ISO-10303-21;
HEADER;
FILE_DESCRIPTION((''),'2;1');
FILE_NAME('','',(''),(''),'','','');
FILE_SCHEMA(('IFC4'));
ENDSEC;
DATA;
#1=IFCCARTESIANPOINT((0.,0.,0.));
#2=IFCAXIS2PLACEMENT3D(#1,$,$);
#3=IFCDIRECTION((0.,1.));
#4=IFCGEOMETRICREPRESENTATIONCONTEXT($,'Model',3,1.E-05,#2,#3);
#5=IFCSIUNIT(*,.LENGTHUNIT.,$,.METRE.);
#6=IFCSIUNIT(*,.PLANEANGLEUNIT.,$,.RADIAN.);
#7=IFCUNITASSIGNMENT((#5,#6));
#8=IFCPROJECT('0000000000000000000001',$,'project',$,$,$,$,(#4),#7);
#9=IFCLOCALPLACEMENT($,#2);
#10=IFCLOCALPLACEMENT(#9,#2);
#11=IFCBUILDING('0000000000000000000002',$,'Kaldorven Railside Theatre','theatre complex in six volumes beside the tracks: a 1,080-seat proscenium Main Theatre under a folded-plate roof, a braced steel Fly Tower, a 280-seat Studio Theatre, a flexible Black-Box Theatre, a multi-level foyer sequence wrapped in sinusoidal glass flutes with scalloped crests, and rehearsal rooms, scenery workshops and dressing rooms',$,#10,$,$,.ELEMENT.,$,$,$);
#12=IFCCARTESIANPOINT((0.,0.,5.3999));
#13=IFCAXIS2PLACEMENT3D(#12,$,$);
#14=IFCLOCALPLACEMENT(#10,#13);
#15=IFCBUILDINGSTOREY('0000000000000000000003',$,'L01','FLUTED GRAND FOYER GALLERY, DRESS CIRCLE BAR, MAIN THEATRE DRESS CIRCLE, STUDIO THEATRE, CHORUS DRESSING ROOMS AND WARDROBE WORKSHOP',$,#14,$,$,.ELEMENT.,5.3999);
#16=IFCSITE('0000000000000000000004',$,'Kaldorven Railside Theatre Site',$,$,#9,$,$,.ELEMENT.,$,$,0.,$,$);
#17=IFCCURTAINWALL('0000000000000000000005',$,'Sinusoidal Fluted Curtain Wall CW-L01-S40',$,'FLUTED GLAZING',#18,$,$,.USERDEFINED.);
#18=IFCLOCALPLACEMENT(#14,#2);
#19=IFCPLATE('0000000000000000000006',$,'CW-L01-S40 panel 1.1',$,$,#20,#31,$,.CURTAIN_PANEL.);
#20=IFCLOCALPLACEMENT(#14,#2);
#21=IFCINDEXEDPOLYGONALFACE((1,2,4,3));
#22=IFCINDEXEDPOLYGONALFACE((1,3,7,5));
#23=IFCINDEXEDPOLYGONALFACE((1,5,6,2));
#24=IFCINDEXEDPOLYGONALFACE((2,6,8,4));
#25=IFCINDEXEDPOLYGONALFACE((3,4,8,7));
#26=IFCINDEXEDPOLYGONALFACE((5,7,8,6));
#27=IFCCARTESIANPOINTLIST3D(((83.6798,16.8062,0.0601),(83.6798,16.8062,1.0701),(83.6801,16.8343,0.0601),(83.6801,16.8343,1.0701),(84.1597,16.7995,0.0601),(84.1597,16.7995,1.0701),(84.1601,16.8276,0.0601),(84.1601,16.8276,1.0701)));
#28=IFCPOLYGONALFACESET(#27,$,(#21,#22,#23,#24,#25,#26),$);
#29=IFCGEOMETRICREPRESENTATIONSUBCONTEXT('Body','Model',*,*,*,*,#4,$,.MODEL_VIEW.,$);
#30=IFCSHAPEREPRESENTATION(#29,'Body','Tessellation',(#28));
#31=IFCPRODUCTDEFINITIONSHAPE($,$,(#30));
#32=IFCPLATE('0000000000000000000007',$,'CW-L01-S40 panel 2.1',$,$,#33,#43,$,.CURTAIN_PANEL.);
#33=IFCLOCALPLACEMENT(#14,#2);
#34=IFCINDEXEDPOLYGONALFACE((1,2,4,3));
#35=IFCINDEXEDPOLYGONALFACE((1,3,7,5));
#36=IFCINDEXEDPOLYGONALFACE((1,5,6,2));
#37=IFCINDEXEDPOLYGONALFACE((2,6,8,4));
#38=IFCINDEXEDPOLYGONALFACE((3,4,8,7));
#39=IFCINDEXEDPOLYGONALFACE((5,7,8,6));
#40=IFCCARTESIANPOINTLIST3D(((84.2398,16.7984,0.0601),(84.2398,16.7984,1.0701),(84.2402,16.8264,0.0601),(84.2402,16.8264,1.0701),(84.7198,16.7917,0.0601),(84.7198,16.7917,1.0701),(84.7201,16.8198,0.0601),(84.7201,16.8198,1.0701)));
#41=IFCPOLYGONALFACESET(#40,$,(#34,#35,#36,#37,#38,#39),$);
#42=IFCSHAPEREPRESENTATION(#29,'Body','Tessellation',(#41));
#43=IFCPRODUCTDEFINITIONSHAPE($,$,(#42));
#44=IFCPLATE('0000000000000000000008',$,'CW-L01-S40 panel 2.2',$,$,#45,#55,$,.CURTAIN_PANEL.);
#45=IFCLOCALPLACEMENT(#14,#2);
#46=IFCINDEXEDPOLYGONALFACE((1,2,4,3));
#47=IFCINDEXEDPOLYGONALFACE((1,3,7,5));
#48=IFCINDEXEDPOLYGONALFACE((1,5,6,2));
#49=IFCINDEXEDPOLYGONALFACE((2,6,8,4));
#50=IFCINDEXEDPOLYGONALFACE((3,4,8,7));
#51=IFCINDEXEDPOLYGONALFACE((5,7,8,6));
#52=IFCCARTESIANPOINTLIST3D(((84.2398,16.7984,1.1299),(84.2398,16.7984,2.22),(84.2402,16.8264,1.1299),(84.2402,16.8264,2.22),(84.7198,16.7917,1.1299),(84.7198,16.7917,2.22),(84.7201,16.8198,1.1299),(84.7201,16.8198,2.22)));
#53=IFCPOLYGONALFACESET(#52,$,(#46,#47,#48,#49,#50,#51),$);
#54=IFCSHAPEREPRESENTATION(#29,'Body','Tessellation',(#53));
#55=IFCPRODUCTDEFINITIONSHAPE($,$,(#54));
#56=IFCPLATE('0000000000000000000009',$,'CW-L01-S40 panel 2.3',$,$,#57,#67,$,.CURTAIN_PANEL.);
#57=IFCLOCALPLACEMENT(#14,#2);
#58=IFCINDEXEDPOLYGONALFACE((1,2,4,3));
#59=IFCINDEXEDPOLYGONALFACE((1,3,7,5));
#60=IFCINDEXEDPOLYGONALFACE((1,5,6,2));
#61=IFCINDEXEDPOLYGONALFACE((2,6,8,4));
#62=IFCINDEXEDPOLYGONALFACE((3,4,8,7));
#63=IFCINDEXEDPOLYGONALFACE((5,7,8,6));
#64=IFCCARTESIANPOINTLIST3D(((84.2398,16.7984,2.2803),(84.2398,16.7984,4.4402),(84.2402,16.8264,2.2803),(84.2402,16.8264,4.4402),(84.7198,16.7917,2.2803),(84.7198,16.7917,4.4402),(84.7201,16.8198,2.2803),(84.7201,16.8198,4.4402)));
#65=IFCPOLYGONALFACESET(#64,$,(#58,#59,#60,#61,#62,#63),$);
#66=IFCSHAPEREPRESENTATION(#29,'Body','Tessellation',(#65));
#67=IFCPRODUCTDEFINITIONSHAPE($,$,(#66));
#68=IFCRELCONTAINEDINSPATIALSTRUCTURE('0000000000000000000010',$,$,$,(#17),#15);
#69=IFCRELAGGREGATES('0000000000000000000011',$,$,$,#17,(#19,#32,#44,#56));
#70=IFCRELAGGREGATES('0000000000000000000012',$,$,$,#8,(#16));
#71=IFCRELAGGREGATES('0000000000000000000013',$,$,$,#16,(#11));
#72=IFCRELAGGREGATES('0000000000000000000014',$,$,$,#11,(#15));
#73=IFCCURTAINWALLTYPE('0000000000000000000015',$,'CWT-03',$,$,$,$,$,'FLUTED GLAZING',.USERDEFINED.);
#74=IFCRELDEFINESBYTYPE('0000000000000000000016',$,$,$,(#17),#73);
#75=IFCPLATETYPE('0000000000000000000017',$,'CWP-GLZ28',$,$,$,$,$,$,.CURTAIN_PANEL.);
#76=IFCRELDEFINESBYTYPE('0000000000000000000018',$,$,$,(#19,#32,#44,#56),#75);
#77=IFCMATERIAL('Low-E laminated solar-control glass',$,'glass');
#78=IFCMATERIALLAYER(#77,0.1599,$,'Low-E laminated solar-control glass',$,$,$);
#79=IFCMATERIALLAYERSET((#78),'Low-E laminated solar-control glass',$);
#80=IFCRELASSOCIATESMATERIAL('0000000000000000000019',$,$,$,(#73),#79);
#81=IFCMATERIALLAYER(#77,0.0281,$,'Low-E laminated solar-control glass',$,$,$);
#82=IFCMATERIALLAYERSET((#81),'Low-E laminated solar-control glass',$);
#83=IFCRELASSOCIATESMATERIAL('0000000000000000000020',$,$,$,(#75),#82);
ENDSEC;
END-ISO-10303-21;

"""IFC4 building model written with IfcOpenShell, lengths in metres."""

from ifc_helpers import new_model, si_unit, direction, frame, origin, origin_2d, place, context, subcontext, project, spatial, rectangle, extrude, material, layer, layer_set, type_object, element, aggregate, save


model = new_model("IFC4")

# Units and contexts
model_context = context("Model", 3, precision=1e-05, world=origin(), true_north=direction((0.0, 1.0)))
body_context = subcontext(model_context, "Body", "Model", "MODEL_VIEW")
ifc_project = project(units=[si_unit("LENGTHUNIT", "METRE"), si_unit("PLANEANGLEUNIT", "RADIAN")], contexts=[model_context])

# Site, building, storey
site_placement = place(None, origin())
site = spatial("IfcSite", under=ifc_project, at=site_placement, Name="Kaldorven Railside Theatre Site", CompositionType="ELEMENT", RefElevation=0.0)
building_placement = place(site_placement, origin())
building = spatial("IfcBuilding", under=site, at=building_placement, Name="Kaldorven Railside Theatre", Description="theatre complex in six volumes beside the tracks: a 1,080-seat proscenium Main Theatre under a folded-plate roof, a braced steel Fly Tower, a 280-seat Studio Theatre, a flexible Black-Box Theatre, a multi-level foyer sequence wrapped in sinusoidal glass flutes with scalloped crests, and rehearsal rooms, scenery workshops and dressing rooms", CompositionType="ELEMENT")
storey_placement = place(building_placement, frame((0.0, 0.0, 5.3999)))
storey = spatial("IfcBuildingStorey", under=building, at=storey_placement, Name="L01", Description="FLUTED GRAND FOYER GALLERY, DRESS CIRCLE BAR, MAIN THEATRE DRESS CIRCLE, STUDIO THEATRE, CHORUS DRESSING ROOMS AND WARDROBE WORKSHOP", CompositionType="ELEMENT", Elevation=5.3999)

# Shared definitions
ifc_material_1 = material(Name="Low-E laminated solar-control glass", Category="glass")

# Curtain wall
ifc_layer_1 = layer(ifc_material_1, 0.1599, Name="Low-E laminated solar-control glass")
ifc_layer_set_1 = layer_set([ifc_layer_1], Name="Low-E laminated solar-control glass")
curtain_wall_type_1 = type_object("IfcCurtainWallType", Name="CWT-03", ElementType="FLUTED GLAZING", PredefinedType="USERDEFINED", material=ifc_layer_set_1)
curtain_wall_1_placement = place(storey_placement, origin())
curtain_wall_1 = element("IfcCurtainWall", 1, at=curtain_wall_1_placement, inside=storey, type_object=curtain_wall_type_1, Name="Sinusoidal Fluted Curtain Wall CW-L01-S40", ObjectType="FLUTED GLAZING", PredefinedType="USERDEFINED")

# Plates
ifc_layer_2 = layer(ifc_material_1, 0.0281, Name="Low-E laminated solar-control glass")
ifc_layer_set_2 = layer_set([ifc_layer_2], Name="Low-E laminated solar-control glass")
plate_type = type_object("IfcPlateType", Name="CWP-GLZ28", PredefinedType="CURTAIN_PANEL", material=ifc_layer_set_2)
plate_1_placement = place(storey_placement, frame((83.9199, 16.8169, 0.0601), z_axis=(0.0, 0.0, 1.0), x_axis=(0.999904, -0.013832, 0.0)))
plate_1 = element("IfcPlate", 2, at=plate_1_placement, type_object=plate_type, Name="CW-L01-S40 panel 1.1", PredefinedType="CURTAIN_PANEL", context=body_context, shape_type="SweptSolid", body=[
    extrude(rectangle(XDim=0.48, YDim=0.0281, at=origin_2d()), origin(), (0.0, 0.0, 1.0), 1.01),
])
plate_2_placement = place(storey_placement, frame((84.48, 16.8091, 0.0601), z_axis=(0.0, 0.0, 1.0), x_axis=(0.999904, -0.013832, 0.0)))
plate_2 = element("IfcPlate", 3, at=plate_2_placement, type_object=plate_type, Name="CW-L01-S40 panel 2.1", PredefinedType="CURTAIN_PANEL", context=body_context, shape_type="SweptSolid", body=[
    extrude(rectangle(XDim=0.48, YDim=0.0281, at=origin_2d()), origin(), (0.0, 0.0, 1.0), 1.01),
])
plate_3_placement = place(storey_placement, frame((84.48, 16.8091, 1.1299), z_axis=(0.0, 0.0, 1.0), x_axis=(0.999904, -0.013832, 0.0)))
plate_3 = element("IfcPlate", 4, at=plate_3_placement, type_object=plate_type, Name="CW-L01-S40 panel 2.2", PredefinedType="CURTAIN_PANEL", context=body_context, shape_type="SweptSolid", body=[
    extrude(rectangle(XDim=0.48, YDim=0.0281, at=origin_2d()), origin(), (0.0, 0.0, 1.0), 1.0901),
])
plate_4_placement = place(storey_placement, frame((84.48, 16.8091, 2.2803), z_axis=(0.0, 0.0, 1.0), x_axis=(0.999904, -0.013832, 0.0)))
plate_4 = element("IfcPlate", 5, at=plate_4_placement, type_object=plate_type, Name="CW-L01-S40 panel 2.3", PredefinedType="CURTAIN_PANEL", context=body_context, shape_type="SweptSolid", body=[
    extrude(rectangle(XDim=0.48, YDim=0.0281, at=origin_2d()), origin(), (0.0, 0.0, 1.0), 2.1599),
])
aggregate(curtain_wall_1, [plate_1, plate_2, plate_3, plate_4])

save(model, "model.ifc")
